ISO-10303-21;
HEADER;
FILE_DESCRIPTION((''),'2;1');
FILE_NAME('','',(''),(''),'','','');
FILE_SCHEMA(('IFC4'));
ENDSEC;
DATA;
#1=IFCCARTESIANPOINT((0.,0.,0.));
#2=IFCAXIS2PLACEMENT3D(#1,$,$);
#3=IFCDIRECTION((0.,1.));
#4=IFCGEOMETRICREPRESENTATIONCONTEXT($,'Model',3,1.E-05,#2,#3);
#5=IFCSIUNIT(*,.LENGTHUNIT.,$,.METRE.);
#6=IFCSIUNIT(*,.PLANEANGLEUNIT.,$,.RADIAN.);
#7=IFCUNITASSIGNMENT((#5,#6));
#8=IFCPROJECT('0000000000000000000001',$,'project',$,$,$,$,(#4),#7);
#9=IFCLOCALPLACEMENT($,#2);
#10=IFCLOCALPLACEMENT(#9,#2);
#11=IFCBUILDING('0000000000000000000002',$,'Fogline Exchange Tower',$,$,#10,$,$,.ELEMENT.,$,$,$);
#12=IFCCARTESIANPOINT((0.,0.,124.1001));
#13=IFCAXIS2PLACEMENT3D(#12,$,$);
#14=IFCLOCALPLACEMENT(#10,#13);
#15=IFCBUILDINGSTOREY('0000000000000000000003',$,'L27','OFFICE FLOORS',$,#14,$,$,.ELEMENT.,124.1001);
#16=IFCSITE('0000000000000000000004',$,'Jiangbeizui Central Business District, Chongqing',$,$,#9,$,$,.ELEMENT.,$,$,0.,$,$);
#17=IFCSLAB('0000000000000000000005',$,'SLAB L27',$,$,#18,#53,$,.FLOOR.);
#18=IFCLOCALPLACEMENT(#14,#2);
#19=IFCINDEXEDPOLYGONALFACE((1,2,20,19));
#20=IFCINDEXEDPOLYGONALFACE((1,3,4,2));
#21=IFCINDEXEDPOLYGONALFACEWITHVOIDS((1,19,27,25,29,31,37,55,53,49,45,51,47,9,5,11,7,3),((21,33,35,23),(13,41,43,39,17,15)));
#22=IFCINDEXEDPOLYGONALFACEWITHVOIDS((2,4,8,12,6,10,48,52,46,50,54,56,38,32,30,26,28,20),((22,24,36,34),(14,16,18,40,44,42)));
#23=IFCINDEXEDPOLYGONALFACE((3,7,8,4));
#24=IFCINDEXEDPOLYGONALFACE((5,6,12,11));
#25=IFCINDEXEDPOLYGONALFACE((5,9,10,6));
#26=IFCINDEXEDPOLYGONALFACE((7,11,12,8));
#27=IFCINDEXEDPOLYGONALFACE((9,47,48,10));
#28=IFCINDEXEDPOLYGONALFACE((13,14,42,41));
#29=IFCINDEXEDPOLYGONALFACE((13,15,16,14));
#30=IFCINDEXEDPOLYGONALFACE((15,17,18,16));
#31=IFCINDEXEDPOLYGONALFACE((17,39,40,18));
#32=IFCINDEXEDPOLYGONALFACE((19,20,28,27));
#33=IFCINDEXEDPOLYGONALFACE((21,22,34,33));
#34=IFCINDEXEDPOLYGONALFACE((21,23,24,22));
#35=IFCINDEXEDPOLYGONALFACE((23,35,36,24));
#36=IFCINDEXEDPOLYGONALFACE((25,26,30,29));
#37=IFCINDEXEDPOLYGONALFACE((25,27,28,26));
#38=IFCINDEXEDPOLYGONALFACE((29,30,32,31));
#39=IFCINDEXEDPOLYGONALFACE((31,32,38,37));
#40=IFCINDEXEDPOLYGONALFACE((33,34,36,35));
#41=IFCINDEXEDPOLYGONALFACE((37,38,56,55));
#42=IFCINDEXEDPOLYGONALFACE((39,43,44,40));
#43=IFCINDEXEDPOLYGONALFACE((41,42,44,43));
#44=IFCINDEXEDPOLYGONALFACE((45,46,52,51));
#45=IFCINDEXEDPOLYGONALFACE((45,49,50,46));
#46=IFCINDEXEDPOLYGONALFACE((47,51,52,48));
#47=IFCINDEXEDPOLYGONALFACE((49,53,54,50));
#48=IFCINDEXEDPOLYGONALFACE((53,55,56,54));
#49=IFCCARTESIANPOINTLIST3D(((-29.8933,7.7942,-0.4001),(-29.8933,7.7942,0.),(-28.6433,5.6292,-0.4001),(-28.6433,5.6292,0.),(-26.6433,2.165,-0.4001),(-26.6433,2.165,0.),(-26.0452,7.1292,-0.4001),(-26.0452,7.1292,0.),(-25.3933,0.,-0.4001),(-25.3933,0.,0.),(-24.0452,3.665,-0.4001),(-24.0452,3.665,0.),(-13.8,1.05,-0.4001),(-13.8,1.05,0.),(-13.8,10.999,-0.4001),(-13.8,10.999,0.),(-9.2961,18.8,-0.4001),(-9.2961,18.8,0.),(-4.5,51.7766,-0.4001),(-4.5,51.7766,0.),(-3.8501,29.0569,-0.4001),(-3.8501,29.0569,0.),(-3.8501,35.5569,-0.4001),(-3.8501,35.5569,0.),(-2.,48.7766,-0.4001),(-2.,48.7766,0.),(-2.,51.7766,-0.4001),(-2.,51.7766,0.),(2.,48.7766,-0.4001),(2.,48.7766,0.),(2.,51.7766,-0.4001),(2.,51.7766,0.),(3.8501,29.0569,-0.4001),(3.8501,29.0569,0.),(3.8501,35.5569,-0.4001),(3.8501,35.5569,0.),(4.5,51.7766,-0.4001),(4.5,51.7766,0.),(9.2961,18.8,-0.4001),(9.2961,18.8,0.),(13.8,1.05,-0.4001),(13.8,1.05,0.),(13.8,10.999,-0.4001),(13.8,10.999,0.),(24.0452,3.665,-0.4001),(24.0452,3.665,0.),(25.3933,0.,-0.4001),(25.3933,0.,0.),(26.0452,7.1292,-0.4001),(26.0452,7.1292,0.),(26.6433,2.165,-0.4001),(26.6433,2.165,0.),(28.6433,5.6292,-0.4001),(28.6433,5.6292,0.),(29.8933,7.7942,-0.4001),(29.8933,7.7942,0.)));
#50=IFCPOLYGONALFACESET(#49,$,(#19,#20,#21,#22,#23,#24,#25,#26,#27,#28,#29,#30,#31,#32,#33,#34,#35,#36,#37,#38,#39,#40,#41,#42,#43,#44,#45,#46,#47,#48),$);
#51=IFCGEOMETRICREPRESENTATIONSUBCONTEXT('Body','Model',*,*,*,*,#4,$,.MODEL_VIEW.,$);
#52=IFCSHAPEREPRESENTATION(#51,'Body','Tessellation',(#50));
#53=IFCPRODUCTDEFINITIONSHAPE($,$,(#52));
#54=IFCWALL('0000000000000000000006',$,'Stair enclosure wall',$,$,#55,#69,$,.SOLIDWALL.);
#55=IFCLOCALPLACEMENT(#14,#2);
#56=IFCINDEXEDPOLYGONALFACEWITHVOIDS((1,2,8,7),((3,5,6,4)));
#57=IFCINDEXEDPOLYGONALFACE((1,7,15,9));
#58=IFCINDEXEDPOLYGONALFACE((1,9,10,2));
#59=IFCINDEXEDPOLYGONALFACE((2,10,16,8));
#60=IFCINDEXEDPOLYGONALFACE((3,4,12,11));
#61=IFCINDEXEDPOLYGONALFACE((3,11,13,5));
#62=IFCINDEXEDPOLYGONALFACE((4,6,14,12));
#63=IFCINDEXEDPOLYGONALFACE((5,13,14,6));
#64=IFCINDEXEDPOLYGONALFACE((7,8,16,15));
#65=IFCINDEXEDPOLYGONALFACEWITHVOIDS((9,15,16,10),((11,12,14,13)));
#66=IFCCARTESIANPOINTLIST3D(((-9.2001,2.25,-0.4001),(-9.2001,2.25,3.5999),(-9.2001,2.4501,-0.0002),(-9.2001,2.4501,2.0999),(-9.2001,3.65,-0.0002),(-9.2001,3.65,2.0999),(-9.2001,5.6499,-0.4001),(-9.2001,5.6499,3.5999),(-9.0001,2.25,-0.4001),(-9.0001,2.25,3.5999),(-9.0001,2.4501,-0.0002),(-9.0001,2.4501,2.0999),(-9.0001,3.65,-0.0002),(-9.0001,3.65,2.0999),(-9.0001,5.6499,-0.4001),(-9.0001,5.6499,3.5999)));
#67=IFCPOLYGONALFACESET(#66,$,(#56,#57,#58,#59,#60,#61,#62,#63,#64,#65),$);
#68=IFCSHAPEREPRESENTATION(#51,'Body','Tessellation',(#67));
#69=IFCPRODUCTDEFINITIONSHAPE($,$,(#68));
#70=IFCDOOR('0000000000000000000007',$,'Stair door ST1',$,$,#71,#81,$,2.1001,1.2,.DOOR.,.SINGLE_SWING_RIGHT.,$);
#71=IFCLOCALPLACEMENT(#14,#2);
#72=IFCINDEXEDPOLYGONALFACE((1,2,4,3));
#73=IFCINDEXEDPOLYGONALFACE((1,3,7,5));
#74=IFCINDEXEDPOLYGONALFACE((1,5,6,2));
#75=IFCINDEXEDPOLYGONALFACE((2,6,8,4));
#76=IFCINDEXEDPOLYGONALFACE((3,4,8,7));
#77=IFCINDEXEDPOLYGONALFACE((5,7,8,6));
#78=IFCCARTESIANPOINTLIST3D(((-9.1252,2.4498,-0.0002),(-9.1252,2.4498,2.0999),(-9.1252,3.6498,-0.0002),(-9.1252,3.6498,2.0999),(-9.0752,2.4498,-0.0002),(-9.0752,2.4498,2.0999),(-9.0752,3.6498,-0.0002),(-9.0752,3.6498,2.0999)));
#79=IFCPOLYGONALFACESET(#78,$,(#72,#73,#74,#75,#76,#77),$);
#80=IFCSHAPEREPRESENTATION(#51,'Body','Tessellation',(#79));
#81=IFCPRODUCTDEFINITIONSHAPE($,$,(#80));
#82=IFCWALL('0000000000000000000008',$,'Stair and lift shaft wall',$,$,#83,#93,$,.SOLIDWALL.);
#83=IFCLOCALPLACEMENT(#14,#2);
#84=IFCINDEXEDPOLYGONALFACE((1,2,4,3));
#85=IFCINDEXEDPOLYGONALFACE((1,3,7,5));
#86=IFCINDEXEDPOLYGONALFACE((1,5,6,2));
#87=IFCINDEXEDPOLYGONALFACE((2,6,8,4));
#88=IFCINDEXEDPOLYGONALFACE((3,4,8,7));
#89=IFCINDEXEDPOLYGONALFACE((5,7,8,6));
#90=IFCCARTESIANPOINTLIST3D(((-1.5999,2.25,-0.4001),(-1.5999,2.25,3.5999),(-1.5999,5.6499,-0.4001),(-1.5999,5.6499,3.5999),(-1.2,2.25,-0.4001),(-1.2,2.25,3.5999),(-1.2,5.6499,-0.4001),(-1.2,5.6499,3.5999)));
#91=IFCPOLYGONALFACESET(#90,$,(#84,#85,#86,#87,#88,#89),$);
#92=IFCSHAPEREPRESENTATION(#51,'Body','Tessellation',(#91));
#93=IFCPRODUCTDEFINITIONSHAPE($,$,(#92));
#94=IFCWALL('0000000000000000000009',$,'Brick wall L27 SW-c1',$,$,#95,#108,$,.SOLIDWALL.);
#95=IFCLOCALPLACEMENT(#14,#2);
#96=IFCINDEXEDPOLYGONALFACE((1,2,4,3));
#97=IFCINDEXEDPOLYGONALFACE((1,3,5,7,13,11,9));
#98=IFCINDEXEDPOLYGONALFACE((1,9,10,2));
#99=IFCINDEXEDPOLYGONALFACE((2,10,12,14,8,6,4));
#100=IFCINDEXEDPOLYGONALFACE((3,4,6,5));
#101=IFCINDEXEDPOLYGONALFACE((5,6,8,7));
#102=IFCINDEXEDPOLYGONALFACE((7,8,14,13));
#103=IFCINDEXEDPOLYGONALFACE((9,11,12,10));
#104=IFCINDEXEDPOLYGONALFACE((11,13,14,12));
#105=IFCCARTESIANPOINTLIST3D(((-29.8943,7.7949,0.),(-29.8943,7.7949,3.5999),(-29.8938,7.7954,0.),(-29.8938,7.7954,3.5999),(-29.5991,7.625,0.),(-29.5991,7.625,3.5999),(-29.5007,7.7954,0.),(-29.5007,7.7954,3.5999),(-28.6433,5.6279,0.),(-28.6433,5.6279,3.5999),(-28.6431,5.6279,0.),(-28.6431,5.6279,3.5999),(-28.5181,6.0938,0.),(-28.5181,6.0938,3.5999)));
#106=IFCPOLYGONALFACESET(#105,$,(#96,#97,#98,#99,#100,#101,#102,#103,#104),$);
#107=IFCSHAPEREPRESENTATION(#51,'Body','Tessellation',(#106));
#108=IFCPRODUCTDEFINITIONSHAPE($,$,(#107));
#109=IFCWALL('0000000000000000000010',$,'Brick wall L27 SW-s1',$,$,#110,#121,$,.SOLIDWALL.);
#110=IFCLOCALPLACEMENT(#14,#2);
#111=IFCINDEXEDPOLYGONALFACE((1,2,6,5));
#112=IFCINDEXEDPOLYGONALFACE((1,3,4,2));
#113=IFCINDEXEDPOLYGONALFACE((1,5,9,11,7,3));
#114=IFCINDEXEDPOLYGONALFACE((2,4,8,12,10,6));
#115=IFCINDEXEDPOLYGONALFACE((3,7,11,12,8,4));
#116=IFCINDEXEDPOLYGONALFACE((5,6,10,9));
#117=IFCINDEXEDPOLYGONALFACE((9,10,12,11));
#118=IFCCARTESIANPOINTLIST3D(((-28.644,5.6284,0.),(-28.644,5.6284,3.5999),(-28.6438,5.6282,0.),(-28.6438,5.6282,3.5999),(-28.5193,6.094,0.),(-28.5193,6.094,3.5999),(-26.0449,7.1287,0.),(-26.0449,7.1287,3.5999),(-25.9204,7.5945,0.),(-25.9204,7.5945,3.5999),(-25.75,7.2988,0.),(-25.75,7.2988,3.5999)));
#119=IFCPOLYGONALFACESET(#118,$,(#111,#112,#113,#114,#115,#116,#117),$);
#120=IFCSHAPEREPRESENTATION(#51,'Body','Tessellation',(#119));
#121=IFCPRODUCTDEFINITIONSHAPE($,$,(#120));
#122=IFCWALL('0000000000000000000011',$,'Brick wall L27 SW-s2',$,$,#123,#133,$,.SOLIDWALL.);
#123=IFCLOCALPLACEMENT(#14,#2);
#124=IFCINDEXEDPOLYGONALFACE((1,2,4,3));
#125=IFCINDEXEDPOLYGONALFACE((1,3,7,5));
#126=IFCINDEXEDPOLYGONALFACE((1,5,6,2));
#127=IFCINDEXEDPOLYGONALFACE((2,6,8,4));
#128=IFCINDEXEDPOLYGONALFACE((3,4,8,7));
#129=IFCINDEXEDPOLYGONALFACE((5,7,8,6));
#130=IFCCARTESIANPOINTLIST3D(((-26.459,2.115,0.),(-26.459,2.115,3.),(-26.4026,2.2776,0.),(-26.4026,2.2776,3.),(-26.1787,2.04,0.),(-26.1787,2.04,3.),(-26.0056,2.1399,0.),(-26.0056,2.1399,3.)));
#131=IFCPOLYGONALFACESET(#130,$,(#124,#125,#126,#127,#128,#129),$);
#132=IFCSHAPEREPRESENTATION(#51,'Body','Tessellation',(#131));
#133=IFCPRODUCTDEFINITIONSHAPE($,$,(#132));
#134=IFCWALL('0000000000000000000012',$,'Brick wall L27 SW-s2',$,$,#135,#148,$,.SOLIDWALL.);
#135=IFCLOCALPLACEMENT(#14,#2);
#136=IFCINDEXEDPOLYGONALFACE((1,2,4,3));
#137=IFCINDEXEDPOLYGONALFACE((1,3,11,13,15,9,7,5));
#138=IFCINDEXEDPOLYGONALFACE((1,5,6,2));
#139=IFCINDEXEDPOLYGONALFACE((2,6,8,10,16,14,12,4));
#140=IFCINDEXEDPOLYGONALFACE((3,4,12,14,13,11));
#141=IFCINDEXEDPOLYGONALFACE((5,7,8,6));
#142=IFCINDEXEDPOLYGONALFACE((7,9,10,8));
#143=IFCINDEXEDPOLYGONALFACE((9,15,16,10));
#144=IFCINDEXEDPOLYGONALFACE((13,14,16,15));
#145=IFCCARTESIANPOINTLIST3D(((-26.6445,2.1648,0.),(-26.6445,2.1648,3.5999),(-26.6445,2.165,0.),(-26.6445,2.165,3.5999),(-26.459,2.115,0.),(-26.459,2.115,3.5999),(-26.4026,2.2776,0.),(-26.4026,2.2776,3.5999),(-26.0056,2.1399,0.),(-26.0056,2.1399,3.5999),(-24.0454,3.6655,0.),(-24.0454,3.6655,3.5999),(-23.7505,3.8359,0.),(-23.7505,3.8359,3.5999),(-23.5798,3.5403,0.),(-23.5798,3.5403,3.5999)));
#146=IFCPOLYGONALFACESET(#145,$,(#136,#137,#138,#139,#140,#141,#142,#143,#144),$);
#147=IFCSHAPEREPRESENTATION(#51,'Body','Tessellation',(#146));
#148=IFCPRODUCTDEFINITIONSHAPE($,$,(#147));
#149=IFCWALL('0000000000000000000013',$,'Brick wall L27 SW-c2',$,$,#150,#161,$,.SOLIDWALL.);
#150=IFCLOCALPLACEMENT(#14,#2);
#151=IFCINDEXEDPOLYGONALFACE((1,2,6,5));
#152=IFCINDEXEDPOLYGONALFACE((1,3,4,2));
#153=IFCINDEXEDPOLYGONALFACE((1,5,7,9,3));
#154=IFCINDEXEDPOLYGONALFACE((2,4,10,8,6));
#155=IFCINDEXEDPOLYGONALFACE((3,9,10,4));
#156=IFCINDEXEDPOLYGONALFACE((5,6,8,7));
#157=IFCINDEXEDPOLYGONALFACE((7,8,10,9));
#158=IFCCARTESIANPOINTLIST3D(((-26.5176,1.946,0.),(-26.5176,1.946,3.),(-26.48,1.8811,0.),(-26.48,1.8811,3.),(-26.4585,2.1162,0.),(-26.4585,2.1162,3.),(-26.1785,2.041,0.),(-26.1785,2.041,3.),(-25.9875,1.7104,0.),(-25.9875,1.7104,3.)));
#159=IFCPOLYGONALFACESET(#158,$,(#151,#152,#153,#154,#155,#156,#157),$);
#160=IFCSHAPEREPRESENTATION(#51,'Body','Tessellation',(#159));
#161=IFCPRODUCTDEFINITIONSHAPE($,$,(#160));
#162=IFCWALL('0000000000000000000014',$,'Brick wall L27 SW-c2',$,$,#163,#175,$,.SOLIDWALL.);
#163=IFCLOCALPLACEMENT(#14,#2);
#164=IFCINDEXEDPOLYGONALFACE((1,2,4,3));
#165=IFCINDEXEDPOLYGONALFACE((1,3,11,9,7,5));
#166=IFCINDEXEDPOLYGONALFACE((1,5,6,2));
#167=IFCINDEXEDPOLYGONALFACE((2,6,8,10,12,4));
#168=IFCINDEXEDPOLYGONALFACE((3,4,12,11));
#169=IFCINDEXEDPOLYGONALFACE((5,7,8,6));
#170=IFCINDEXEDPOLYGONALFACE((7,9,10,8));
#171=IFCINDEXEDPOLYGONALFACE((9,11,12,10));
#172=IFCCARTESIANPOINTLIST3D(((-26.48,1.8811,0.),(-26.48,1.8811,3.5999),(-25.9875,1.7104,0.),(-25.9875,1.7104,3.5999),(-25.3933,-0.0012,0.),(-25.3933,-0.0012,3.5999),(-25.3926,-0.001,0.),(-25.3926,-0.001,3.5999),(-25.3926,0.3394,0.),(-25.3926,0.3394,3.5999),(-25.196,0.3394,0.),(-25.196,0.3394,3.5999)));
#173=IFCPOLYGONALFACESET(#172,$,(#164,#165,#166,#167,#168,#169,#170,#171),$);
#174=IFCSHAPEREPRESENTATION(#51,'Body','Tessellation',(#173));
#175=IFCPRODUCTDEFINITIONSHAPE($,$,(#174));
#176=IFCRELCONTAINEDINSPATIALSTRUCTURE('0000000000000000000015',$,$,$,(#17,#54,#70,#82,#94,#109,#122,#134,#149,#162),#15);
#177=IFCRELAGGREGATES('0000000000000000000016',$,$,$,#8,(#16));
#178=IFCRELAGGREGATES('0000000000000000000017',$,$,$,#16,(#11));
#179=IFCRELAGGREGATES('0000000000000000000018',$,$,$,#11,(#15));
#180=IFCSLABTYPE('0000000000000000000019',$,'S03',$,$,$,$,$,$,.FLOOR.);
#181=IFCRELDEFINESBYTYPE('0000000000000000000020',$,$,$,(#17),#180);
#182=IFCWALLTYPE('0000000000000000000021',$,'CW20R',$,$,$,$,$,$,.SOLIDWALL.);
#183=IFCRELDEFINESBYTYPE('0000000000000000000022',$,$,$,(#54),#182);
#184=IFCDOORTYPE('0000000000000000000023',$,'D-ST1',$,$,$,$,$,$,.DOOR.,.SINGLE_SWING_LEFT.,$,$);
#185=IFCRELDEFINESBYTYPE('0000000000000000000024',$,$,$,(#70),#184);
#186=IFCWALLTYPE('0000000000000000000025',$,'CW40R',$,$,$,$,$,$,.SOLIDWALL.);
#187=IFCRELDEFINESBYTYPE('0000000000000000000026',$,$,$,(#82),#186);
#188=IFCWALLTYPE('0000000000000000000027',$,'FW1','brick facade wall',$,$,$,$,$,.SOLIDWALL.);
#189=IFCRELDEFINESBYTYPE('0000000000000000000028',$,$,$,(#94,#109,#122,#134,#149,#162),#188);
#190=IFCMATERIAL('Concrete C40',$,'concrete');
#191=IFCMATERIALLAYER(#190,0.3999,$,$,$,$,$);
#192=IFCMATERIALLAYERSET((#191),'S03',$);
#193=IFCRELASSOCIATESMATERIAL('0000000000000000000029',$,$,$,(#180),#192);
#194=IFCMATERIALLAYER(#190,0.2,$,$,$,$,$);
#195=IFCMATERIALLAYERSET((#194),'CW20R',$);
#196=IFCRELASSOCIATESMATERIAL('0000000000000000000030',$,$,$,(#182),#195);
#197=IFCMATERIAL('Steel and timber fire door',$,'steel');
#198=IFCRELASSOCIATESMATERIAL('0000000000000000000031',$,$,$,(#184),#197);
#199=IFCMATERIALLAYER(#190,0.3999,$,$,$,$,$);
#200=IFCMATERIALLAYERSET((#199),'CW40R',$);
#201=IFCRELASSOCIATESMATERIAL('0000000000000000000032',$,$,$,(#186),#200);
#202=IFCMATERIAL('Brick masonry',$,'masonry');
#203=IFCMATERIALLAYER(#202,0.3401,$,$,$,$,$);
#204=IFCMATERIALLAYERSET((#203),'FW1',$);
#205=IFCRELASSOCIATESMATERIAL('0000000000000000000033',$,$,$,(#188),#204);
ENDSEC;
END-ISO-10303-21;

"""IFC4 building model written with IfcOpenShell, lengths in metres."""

from ifc_helpers import new_model, si_unit, direction, frame, frame_2d, origin, place, context, subcontext, project, spatial, polyline, rectangle, outline, extrude, material, layer, layer_set, type_object, element, fill, save


model = new_model("IFC4")

# Units and contexts
model_context = context("Model", 3, precision=1e-05, world=origin(), true_north=direction((0.0, 1.0)))
body_context = subcontext(model_context, "Body", "Model", "MODEL_VIEW")
ifc_project = project(units=[si_unit("LENGTHUNIT", "METRE"), si_unit("PLANEANGLEUNIT", "RADIAN")], contexts=[model_context])

# Site, building, storey
site_placement = place(None, origin())
site = spatial("IfcSite", under=ifc_project, at=site_placement, Name="Jiangbeizui Central Business District, Chongqing", CompositionType="ELEMENT", RefElevation=0.0)
building_placement = place(site_placement, origin())
building = spatial("IfcBuilding", under=site, at=building_placement, Name="Fogline Exchange Tower", CompositionType="ELEMENT")
storey_placement = place(building_placement, frame((0.0, 0.0, 124.1001)))
storey = spatial("IfcBuildingStorey", under=building, at=storey_placement, Name="L27", Description="OFFICE FLOORS", CompositionType="ELEMENT", Elevation=124.1001)

# Slab
ifc_material_1 = material(Name="Concrete C40", Category="concrete")
ifc_layer_1 = layer(ifc_material_1, 0.3999)
ifc_layer_set_1 = layer_set([ifc_layer_1], Name="S03")
slab_type = type_object("IfcSlabType", Name="S03", PredefinedType="FLOOR", material=ifc_layer_set_1)
slab_placement = place(storey_placement, frame((0.0, 0.0, -0.4001)))
element("IfcSlab", 1, at=slab_placement, inside=storey, type_object=slab_type, Name="SLAB L27", PredefinedType="FLOOR", context=body_context, shape_type="SweptSolid", body=[
    extrude(outline(polyline([(-2.0, 51.7766), (-4.5, 51.7766), (-29.8933, 7.7942), (-28.6433, 5.6292), (-26.0452, 7.1292), (-24.0452, 3.665), (-26.6433, 2.165), (-25.3933, 0.0), (25.3933, 0.0), (26.6433, 2.165), (24.0452, 3.665), (26.0452, 7.1292), (28.6433, 5.6292), (29.8933, 7.7942), (4.5, 51.7766), (2.0, 51.7766), (2.0, 48.7766), (-2.0, 48.7766), (-2.0, 51.7766)]), holes=[polyline([(13.8, 10.999), (13.8, 1.05), (-13.8, 1.05), (-13.8, 10.999), (-9.2961, 18.8), (9.2961, 18.8), (13.8, 10.999)]), polyline([(3.8501, 35.5569), (3.8501, 29.0569), (-3.8501, 29.0569), (-3.8501, 35.5569), (3.8501, 35.5569)])]), origin(), (0.0, 0.0, 1.0), 0.4001),
])

# Wall, opening, door
ifc_layer_2 = layer(ifc_material_1, 0.2)
ifc_layer_set_2 = layer_set([ifc_layer_2], Name="CW20R")
wall_type_1 = type_object("IfcWallType", Name="CW20R", PredefinedType="SOLIDWALL", material=ifc_layer_set_2)
wall_1_placement = place(storey_placement, frame((-9.1001, 2.25, -0.4001), z_axis=(0.0, 0.0, 1.0), x_axis=(0.0, 1.0, 0.0)))
wall_1 = element("IfcWall", 2, at=wall_1_placement, inside=storey, type_object=wall_type_1, Name="Stair enclosure wall", PredefinedType="SOLIDWALL", context=body_context, shape_type="SweptSolid", body=[
    extrude(rectangle(XDim=3.3999, YDim=0.2, at=frame_2d((1.7, 0.0))), origin(), (0.0, 0.0, 1.0), 4.0),
])
opening_placement = place(wall_1_placement, frame((0.2, 0.0, 0.3999)))
opening = element("IfcOpeningElement", 3, at=opening_placement, cuts=wall_1, PredefinedType="OPENING", context=body_context, shape_type="SweptSolid", body=[
    extrude(rectangle(XDim=1.2, YDim=2.1001, at=frame_2d((0.6001, 1.05))), frame((0.0, 0.1099, 0.0), z_axis=(0.0, -1.0, 0.0), x_axis=(1.0, 0.0, 0.0)), (0.0, 0.0, 1.0), 0.22),
])
ifc_material_2 = material(Name="Steel and timber fire door", Category="steel")
door_type = type_object("IfcDoorType", Name="D-ST1", OperationType="SINGLE_SWING_LEFT", PredefinedType="DOOR", material=ifc_material_2)
door_placement = place(opening_placement, frame((1.2, 0.0, 0.0), z_axis=(0.0, 0.0, 1.0), x_axis=(-1.0, 0.0, 0.0)))
door = element("IfcDoor", 4, at=door_placement, inside=storey, type_object=door_type, Name="Stair door ST1", OperationType="SINGLE_SWING_RIGHT", OverallHeight=2.1001, OverallWidth=1.2, PredefinedType="DOOR", context=body_context, shape_type="SweptSolid", body=[
    extrude(rectangle(XDim=1.2, YDim=2.1001, at=frame_2d((0.6001, 1.05))), frame((0.0, 0.0249, 0.0), z_axis=(0.0, -1.0, 0.0), x_axis=(1.0, 0.0, 0.0)), (0.0, 0.0, 1.0), 0.05),
])
fill(opening, door)

# Walls
ifc_layer_3 = layer(ifc_material_1, 0.3999)
ifc_layer_set_3 = layer_set([ifc_layer_3], Name="CW40R")
wall_type_2 = type_object("IfcWallType", Name="CW40R", PredefinedType="SOLIDWALL", material=ifc_layer_set_3)
wall_2_placement = place(storey_placement, frame((-1.3999, 2.25, -0.4001), z_axis=(0.0, 0.0, 1.0), x_axis=(0.0, 1.0, 0.0)))
element("IfcWall", 5, at=wall_2_placement, inside=storey, type_object=wall_type_2, Name="Stair and lift shaft wall", PredefinedType="SOLIDWALL", context=body_context, shape_type="SweptSolid", body=[
    extrude(rectangle(XDim=3.3999, YDim=0.3999, at=frame_2d((1.7, 0.0))), origin(), (0.0, 0.0, 1.0), 4.0),
])
ifc_material_3 = material(Name="Brick masonry", Category="masonry")
ifc_layer_4 = layer(ifc_material_3, 0.3401)
ifc_layer_set_4 = layer_set([ifc_layer_4], Name="FW1")
wall_type_3 = type_object("IfcWallType", Name="FW1", Description="brick facade wall", PredefinedType="SOLIDWALL", material=ifc_layer_set_4)
wall_3_placement = place(storey_placement, origin())
element("IfcWall", 6, at=wall_3_placement, inside=storey, type_object=wall_type_3, Name="Brick wall L27 SW-c1", PredefinedType="SOLIDWALL", context=body_context, shape_type="SweptSolid", body=[
    extrude(outline(polyline([(-28.6433, 5.6279), (-29.8943, 7.7949), (-29.8938, 7.7954), (-29.5991, 7.625), (-29.5007, 7.7954), (-28.5181, 6.0938), (-28.6431, 5.6279), (-28.6433, 5.6279)])), origin(), (0.0, 0.0, 1.0), 3.5999),
])
wall_4_placement = place(storey_placement, origin())
element("IfcWall", 7, at=wall_4_placement, inside=storey, type_object=wall_type_3, Name="Brick wall L27 SW-s1", PredefinedType="SOLIDWALL", context=body_context, shape_type="SweptSolid", body=[
    extrude(outline(polyline([(-25.9204, 7.5945), (-25.75, 7.2988), (-26.0449, 7.1287), (-28.6438, 5.6282), (-28.644, 5.6284), (-28.5193, 6.094), (-25.9204, 7.5945)])), origin(), (0.0, 0.0, 1.0), 3.5999),
])
wall_5_placement = place(storey_placement, origin())
element("IfcWall", 8, at=wall_5_placement, inside=storey, type_object=wall_type_3, Name="Brick wall L27 SW-s2", PredefinedType="SOLIDWALL", context=body_context, shape_type="SweptSolid", body=[
    extrude(outline(polyline([(-26.1787, 2.04), (-26.459, 2.115), (-26.4026, 2.2776), (-26.0056, 2.1399), (-26.1787, 2.04)])), origin(), (0.0, 0.0, 1.0), 3.0),
])
wall_6_placement = place(storey_placement, origin())
element("IfcWall", 9, at=wall_6_placement, inside=storey, type_object=wall_type_3, Name="Brick wall L27 SW-s2", PredefinedType="SOLIDWALL", context=body_context, shape_type="SweptSolid", body=[
    extrude(outline(polyline([(-24.0454, 3.6655), (-23.7505, 3.8359), (-23.5798, 3.5403), (-26.0056, 2.1399), (-26.4026, 2.2776), (-26.459, 2.115), (-26.6445, 2.1648), (-26.6445, 2.165), (-24.0454, 3.6655)])), origin(), (0.0, 0.0, 1.0), 3.5999),
])
wall_7_placement = place(storey_placement, origin())
element("IfcWall", 10, at=wall_7_placement, inside=storey, type_object=wall_type_3, Name="Brick wall L27 SW-c2", PredefinedType="SOLIDWALL", context=body_context, shape_type="SweptSolid", body=[
    extrude(outline(polyline([(-26.5176, 1.946), (-26.4585, 2.1162), (-26.1785, 2.041), (-25.9875, 1.7104), (-26.48, 1.8811), (-26.5176, 1.946)])), origin(), (0.0, 0.0, 1.0), 3.0),
])
wall_8_placement = place(storey_placement, origin())
element("IfcWall", 11, at=wall_8_placement, inside=storey, type_object=wall_type_3, Name="Brick wall L27 SW-c2", PredefinedType="SOLIDWALL", context=body_context, shape_type="SweptSolid", body=[
    extrude(outline(polyline([(-25.3926, 0.3394), (-25.3926, -0.001), (-25.3933, -0.0012), (-26.48, 1.8811), (-25.9875, 1.7104), (-25.196, 0.3394), (-25.3926, 0.3394)])), origin(), (0.0, 0.0, 1.0), 3.5999),
])

save(model, "model.ifc")
